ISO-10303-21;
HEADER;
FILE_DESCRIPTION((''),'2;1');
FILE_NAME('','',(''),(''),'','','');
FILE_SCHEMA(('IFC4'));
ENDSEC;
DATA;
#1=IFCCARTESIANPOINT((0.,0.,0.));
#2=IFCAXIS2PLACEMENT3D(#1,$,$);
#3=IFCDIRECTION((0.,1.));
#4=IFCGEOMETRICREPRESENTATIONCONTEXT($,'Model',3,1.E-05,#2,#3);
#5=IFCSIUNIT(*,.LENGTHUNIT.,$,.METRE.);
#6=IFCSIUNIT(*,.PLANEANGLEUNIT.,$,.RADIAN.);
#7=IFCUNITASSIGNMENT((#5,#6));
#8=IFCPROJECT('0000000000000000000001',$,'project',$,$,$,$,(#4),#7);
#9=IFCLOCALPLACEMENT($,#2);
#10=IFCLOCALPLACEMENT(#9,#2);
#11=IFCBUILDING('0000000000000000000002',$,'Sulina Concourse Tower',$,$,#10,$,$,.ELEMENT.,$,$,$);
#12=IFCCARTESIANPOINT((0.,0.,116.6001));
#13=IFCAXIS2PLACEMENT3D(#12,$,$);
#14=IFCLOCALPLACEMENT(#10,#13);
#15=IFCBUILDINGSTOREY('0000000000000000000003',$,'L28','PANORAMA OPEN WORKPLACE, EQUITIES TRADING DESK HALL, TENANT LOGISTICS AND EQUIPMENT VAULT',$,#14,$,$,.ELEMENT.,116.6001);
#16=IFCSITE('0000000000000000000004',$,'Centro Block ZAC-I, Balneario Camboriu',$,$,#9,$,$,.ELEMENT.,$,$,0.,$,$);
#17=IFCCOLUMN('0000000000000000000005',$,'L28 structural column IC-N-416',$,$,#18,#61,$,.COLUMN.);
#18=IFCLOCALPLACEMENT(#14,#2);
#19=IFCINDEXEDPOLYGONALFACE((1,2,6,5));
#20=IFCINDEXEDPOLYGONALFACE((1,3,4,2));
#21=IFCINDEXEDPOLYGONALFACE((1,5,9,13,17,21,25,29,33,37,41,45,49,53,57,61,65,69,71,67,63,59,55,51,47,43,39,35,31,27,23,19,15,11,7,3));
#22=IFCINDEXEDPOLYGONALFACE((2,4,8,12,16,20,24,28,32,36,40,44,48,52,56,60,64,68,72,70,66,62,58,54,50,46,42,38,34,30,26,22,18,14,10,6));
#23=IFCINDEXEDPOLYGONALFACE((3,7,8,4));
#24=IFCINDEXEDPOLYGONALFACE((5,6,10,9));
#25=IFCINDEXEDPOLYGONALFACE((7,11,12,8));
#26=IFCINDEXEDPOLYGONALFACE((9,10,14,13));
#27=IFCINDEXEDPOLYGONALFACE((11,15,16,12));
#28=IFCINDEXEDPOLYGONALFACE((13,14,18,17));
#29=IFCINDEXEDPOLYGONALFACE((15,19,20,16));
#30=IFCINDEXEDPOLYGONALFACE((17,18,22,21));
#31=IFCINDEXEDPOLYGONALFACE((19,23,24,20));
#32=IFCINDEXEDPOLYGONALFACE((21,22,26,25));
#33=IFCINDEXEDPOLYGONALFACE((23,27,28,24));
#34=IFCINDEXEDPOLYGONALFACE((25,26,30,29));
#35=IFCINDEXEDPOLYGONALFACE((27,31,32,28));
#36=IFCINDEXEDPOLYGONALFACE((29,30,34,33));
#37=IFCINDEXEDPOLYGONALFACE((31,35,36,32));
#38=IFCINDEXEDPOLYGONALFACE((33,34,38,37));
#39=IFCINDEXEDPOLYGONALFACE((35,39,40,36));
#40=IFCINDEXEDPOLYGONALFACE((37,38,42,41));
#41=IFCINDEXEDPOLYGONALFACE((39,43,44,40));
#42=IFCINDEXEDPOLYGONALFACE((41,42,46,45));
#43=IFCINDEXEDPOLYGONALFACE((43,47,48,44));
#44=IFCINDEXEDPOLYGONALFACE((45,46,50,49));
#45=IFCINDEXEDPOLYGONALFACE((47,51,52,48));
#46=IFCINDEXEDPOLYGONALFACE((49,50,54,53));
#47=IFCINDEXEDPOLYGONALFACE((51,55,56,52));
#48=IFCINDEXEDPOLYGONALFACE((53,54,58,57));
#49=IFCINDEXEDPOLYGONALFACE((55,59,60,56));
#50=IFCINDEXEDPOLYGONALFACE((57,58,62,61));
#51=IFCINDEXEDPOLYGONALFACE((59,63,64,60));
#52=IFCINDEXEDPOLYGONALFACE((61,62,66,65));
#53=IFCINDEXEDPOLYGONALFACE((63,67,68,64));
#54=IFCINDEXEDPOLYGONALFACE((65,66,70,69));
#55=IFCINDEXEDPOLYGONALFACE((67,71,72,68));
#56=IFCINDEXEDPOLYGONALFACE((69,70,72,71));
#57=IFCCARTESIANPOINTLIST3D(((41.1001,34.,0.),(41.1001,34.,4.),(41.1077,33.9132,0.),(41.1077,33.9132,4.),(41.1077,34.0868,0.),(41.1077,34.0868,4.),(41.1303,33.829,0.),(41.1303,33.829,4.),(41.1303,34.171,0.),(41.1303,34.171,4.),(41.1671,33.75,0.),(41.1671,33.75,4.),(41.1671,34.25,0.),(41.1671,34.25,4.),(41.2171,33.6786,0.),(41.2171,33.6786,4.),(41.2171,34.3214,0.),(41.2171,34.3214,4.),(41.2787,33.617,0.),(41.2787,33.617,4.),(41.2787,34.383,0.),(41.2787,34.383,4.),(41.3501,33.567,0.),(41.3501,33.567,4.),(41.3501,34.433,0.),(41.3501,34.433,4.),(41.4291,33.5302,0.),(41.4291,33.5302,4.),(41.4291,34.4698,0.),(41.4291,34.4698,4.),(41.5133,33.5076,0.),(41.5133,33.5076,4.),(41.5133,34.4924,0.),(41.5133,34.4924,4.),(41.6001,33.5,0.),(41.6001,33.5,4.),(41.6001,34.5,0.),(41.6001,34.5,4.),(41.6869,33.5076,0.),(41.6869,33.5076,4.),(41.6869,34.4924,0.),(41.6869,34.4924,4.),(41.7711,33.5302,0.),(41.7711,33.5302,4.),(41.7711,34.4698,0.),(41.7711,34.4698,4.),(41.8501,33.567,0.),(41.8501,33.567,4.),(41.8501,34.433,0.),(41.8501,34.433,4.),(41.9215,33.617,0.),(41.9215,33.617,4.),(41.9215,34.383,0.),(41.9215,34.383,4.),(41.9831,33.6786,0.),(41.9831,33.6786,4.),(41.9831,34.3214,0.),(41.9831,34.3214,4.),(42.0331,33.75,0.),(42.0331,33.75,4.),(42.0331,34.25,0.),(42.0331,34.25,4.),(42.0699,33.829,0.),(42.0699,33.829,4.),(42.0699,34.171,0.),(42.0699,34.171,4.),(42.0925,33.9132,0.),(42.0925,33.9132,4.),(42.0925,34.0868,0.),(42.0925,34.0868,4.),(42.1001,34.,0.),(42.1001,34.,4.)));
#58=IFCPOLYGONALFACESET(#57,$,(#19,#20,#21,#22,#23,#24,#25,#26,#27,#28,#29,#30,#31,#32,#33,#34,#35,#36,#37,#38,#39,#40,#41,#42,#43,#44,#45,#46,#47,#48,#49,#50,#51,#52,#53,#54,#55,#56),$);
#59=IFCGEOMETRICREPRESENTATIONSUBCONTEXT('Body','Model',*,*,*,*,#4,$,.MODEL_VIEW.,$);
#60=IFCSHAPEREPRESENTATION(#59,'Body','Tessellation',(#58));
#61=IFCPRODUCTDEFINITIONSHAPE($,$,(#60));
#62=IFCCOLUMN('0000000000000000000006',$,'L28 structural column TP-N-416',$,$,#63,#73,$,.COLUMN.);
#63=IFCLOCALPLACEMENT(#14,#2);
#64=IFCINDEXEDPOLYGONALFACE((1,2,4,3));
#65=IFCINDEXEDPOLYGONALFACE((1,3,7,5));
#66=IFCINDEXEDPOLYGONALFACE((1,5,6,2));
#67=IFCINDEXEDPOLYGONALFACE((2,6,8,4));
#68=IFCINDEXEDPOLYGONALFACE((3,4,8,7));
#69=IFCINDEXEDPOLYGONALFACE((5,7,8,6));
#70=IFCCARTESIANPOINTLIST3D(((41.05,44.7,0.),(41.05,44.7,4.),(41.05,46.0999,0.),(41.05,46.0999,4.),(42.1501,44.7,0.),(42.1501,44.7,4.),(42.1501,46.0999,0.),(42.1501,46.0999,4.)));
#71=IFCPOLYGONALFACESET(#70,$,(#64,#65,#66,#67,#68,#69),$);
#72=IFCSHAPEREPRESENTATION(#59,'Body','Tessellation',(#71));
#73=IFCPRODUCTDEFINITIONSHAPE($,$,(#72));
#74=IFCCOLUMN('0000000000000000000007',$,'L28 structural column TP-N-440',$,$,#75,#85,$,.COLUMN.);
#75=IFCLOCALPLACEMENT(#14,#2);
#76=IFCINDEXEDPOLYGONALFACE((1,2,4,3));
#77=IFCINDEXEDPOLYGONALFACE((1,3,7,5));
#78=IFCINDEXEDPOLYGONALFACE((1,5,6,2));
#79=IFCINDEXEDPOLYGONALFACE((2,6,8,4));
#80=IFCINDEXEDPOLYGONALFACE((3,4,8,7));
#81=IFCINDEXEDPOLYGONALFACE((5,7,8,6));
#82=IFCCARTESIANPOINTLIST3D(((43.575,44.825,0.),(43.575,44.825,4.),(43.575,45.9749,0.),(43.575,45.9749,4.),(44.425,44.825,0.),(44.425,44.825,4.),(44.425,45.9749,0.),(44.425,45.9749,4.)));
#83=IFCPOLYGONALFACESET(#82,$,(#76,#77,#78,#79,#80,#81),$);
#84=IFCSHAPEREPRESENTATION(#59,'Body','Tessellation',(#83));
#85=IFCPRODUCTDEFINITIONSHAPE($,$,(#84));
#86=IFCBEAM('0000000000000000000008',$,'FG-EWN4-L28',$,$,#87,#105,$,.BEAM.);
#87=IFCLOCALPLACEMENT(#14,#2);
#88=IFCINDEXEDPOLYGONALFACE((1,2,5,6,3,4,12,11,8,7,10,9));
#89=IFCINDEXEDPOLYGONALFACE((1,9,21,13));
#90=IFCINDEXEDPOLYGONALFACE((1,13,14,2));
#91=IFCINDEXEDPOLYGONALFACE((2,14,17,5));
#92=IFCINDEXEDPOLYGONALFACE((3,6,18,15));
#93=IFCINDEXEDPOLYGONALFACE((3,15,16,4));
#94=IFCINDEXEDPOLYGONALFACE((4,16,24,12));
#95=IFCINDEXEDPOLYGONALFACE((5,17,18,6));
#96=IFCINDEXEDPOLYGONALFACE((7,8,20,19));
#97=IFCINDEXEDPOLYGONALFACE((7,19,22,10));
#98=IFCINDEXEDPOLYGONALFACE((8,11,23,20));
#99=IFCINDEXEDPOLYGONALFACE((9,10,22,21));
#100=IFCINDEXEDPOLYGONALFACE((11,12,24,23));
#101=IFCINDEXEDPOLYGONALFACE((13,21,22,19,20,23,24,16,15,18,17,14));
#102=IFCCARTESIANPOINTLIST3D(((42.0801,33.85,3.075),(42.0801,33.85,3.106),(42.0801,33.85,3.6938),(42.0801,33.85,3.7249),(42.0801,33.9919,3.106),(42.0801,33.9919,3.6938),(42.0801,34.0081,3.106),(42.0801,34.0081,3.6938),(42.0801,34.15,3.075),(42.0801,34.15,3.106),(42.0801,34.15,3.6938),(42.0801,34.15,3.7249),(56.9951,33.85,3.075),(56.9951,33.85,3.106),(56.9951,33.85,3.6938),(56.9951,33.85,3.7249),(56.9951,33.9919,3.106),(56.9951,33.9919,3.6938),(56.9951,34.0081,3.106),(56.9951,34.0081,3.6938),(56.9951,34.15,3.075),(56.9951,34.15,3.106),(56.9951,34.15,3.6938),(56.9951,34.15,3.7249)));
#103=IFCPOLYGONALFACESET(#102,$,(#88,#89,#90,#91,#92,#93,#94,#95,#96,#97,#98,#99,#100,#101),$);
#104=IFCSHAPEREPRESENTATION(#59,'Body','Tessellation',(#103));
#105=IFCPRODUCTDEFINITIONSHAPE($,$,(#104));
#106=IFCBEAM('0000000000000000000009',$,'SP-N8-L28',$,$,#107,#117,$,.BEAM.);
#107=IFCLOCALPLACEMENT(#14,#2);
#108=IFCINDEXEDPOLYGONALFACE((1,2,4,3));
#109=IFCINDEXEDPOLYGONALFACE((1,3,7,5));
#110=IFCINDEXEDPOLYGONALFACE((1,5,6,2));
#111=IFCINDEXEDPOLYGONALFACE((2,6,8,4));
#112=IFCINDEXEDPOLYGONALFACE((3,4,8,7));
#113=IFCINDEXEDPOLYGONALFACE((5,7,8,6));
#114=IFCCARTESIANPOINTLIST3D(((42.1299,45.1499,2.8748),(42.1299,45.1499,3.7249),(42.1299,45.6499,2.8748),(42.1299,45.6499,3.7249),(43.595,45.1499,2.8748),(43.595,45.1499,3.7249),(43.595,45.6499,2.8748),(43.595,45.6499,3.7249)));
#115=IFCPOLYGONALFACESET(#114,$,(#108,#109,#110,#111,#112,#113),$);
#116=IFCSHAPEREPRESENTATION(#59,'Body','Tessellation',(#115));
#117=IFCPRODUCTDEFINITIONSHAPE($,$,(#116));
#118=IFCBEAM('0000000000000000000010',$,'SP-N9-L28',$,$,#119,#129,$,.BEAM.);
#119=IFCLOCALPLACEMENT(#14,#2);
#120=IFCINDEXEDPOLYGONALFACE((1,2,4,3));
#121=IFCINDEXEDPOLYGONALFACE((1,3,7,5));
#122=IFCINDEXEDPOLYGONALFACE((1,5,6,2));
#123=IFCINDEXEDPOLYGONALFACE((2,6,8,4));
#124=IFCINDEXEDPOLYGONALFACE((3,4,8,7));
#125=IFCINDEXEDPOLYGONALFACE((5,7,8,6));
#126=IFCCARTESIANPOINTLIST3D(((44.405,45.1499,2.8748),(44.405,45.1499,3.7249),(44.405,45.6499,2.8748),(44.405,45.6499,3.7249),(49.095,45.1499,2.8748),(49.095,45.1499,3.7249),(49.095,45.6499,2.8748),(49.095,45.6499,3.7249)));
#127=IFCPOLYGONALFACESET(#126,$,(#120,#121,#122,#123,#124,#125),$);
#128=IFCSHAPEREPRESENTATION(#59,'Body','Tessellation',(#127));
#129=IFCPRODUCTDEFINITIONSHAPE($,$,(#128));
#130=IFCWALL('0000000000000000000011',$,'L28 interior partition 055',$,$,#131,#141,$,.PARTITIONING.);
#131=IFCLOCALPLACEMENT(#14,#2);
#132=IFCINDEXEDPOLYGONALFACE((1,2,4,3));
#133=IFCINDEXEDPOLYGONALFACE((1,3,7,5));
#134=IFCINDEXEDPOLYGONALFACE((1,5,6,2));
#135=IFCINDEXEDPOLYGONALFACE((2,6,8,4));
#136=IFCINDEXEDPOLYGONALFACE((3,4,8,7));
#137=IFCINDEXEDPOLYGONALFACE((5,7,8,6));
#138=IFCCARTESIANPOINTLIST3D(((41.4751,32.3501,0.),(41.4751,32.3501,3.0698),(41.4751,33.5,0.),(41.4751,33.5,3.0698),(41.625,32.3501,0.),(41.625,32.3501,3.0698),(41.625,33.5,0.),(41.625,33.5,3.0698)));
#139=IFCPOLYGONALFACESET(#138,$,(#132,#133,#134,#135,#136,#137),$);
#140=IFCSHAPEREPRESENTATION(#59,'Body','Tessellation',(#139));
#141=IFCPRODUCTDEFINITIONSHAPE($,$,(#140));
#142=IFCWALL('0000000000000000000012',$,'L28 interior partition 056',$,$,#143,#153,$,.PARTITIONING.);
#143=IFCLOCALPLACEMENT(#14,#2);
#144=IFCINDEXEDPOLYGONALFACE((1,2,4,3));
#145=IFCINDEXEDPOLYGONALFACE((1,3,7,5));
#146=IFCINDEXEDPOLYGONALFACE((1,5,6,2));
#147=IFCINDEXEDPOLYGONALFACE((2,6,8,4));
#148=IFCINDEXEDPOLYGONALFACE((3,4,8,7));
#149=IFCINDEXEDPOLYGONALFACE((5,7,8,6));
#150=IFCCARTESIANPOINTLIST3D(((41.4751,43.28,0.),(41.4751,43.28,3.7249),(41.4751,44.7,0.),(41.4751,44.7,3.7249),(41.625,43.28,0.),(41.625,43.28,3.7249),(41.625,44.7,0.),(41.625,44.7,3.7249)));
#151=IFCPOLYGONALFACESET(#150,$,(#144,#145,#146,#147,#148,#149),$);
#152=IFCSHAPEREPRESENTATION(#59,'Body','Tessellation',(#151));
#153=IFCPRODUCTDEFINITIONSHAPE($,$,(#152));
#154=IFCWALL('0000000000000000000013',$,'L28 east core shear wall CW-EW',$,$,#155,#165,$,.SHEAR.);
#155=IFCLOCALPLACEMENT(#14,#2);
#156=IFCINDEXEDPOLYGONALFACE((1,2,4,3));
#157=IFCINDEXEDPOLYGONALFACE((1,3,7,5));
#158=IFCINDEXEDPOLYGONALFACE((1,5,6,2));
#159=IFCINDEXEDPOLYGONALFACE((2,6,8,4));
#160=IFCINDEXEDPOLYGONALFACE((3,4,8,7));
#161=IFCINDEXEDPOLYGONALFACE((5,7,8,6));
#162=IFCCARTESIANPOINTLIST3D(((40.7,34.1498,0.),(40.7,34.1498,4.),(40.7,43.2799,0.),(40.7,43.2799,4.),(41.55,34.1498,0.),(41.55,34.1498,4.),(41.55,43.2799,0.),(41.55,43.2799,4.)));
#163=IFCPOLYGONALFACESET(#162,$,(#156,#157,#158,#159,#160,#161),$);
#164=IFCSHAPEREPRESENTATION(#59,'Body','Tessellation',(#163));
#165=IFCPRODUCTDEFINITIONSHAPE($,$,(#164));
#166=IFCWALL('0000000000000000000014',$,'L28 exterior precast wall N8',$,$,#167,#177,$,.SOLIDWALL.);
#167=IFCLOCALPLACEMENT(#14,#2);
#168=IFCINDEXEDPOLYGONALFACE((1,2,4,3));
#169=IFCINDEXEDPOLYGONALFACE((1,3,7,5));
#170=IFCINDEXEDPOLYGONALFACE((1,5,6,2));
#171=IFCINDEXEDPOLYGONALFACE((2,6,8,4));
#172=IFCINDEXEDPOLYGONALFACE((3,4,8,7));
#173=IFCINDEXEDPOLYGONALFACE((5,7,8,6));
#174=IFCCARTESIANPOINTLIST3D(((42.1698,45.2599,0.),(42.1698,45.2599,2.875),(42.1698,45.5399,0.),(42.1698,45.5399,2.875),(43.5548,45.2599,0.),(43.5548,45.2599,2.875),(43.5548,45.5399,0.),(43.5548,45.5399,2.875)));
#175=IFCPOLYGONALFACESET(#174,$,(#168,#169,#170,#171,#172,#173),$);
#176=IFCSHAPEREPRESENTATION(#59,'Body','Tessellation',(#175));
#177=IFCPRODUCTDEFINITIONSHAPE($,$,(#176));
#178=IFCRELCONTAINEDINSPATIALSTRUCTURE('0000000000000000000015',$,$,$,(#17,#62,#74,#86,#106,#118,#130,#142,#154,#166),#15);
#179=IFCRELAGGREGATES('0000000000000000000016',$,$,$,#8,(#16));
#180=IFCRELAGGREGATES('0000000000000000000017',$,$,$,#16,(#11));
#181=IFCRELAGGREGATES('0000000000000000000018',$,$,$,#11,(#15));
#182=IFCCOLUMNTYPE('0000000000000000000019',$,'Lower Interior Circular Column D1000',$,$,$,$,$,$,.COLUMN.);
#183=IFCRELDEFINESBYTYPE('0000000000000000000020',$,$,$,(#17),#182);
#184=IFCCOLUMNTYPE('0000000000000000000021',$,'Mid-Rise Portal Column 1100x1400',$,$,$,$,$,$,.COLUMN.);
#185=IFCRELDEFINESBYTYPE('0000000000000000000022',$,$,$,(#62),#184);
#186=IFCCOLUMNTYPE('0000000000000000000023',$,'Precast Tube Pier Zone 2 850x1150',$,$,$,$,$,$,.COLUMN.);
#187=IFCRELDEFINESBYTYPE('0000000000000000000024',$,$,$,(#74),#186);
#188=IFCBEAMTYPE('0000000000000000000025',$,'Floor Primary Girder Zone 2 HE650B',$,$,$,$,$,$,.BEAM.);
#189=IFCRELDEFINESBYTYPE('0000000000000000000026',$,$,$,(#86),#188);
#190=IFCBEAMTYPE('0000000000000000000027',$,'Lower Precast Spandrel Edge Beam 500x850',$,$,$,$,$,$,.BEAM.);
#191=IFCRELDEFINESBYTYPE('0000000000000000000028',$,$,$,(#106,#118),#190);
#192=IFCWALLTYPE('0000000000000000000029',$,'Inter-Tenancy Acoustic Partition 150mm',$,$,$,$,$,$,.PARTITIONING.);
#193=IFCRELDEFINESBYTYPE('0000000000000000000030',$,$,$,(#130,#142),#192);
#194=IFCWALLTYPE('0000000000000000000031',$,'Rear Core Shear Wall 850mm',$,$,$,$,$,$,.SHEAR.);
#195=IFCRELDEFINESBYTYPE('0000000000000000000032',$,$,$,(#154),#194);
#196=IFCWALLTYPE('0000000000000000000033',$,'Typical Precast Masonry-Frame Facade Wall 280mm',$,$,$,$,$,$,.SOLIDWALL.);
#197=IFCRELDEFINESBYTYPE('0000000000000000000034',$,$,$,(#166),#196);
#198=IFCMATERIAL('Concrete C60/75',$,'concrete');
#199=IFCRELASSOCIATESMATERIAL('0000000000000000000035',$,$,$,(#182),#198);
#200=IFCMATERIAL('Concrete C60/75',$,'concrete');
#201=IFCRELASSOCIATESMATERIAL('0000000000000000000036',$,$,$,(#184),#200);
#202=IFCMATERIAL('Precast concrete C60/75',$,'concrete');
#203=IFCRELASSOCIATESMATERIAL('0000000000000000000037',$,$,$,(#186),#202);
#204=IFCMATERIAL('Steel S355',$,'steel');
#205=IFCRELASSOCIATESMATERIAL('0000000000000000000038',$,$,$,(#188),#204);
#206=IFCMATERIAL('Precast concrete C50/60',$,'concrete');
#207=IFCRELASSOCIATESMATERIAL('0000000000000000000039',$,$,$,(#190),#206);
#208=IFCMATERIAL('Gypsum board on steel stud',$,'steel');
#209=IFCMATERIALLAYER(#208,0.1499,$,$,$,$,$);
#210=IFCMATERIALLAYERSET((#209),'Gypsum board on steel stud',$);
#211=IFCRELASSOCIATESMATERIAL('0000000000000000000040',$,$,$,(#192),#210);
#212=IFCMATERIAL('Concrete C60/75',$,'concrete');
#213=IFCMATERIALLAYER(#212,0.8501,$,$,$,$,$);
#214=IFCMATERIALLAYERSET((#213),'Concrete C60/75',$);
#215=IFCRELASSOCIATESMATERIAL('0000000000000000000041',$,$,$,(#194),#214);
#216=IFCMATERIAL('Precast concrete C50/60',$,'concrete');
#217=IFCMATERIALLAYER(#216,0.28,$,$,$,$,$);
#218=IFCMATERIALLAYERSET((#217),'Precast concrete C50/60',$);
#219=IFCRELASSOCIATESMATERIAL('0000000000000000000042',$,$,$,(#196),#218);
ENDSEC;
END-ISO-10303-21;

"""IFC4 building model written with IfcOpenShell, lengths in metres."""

from ifc_helpers import new_model, si_unit, direction, frame, frame_2d, origin, origin_2d, place, context, subcontext, project, spatial, rectangle, circle, i_section, extrude, material, layer, layer_set, material_profile, profile_set, type_object, element, save


model = new_model("IFC4")

# Units and contexts
model_context = context("Model", 3, precision=1e-05, world=origin(), true_north=direction((0.0, 1.0)))
body_context = subcontext(model_context, "Body", "Model", "MODEL_VIEW")
ifc_project = project(units=[si_unit("LENGTHUNIT", "METRE"), si_unit("PLANEANGLEUNIT", "RADIAN")], contexts=[model_context])

# Site, building, storey
site_placement = place(None, origin())
site = spatial("IfcSite", under=ifc_project, at=site_placement, Name="Centro Block ZAC-I, Balneario Camboriu", CompositionType="ELEMENT", RefElevation=0.0)
building_placement = place(site_placement, origin())
building = spatial("IfcBuilding", under=site, at=building_placement, Name="Sulina Concourse Tower", CompositionType="ELEMENT")
storey_placement = place(building_placement, frame((0.0, 0.0, 116.6001)))
storey = spatial("IfcBuildingStorey", under=building, at=storey_placement, Name="L28", Description="PANORAMA OPEN WORKPLACE, EQUITIES TRADING DESK HALL, TENANT LOGISTICS AND EQUIPMENT VAULT", CompositionType="ELEMENT", Elevation=116.6001)

# Columns
ifc_material_1 = material(Name="Concrete C60/75", Category="concrete")
ifc_material_profile_1 = material_profile(ifc_material_1, circle(Radius=0.5, at=origin_2d()), Name="RC D1000")
ifc_profile_set_1 = profile_set([ifc_material_profile_1], Name="Concrete C60/75")
column_type_1 = type_object("IfcColumnType", Name="Lower Interior Circular Column D1000", PredefinedType="COLUMN", material=ifc_profile_set_1)
column_1_placement = place(storey_placement, frame((41.6001, 34.0, 0.0), z_axis=(0.0, 0.0, 1.0), x_axis=(1.0, 0.0, 0.0)))
element("IfcColumn", 1, at=column_1_placement, inside=storey, type_object=column_type_1, Name="L28 structural column IC-N-416", PredefinedType="COLUMN", context=body_context, shape_type="SweptSolid", body=[
    extrude(circle(Radius=0.5, at=origin_2d()), origin(), (0.0, 0.0, 1.0), 4.0),
])
ifc_material_2 = material(Name="Concrete C60/75", Category="concrete")
ifc_material_profile_2 = material_profile(ifc_material_2, rectangle(XDim=1.1001, YDim=1.3999, at=origin_2d()), Name="RC 1100x1400")
ifc_profile_set_2 = profile_set([ifc_material_profile_2], Name="Concrete C60/75")
column_type_2 = type_object("IfcColumnType", Name="Mid-Rise Portal Column 1100x1400", PredefinedType="COLUMN", material=ifc_profile_set_2)
column_2_placement = place(storey_placement, frame((41.6001, 45.3999, 0.0), z_axis=(0.0, 0.0, 1.0), x_axis=(1.0, 0.0, 0.0)))
element("IfcColumn", 2, at=column_2_placement, inside=storey, type_object=column_type_2, Name="L28 structural column TP-N-416", PredefinedType="COLUMN", context=body_context, shape_type="SweptSolid", body=[
    extrude(rectangle(XDim=1.1001, YDim=1.3999, at=origin_2d()), origin(), (0.0, 0.0, 1.0), 4.0),
])
ifc_material_3 = material(Name="Precast concrete C60/75", Category="concrete")
ifc_material_profile_3 = material_profile(ifc_material_3, rectangle(XDim=0.8501, YDim=1.1499, at=origin_2d()), Name="PC 850x1150")
ifc_profile_set_3 = profile_set([ifc_material_profile_3], Name="Precast concrete C60/75")
column_type_3 = type_object("IfcColumnType", Name="Precast Tube Pier Zone 2 850x1150", PredefinedType="COLUMN", material=ifc_profile_set_3)
column_3_placement = place(storey_placement, frame((44.0, 45.3999, 0.0), z_axis=(0.0, 0.0, 1.0), x_axis=(1.0, 0.0, 0.0)))
element("IfcColumn", 3, at=column_3_placement, inside=storey, type_object=column_type_3, Name="L28 structural column TP-N-440", PredefinedType="COLUMN", context=body_context, shape_type="SweptSolid", body=[
    extrude(rectangle(XDim=0.8501, YDim=1.1499, at=origin_2d()), origin(), (0.0, 0.0, 1.0), 4.0),
])

# Beams
ifc_material_4 = material(Name="Steel S355", Category="steel")
ifc_material_profile_4 = material_profile(ifc_material_4, i_section(OverallWidth=0.3, OverallDepth=0.6499, WebThickness=0.0161, FlangeThickness=0.031, at=origin_2d()), Name="HE 650 B")
ifc_profile_set_4 = profile_set([ifc_material_profile_4], Name="Steel S355")
beam_type_1 = type_object("IfcBeamType", Name="Floor Primary Girder Zone 2 HE650B", PredefinedType="BEAM", material=ifc_profile_set_4)
beam_1_placement = place(storey_placement, frame((42.0801, 34.0, 3.3999), z_axis=(1.0, 0.0, 0.0), x_axis=(0.0, 1.0, 0.0)))
element("IfcBeam", 4, at=beam_1_placement, inside=storey, type_object=beam_type_1, Name="FG-EWN4-L28", PredefinedType="BEAM", context=body_context, shape_type="SweptSolid", body=[
    extrude(i_section(OverallWidth=0.3, OverallDepth=0.6499, WebThickness=0.0161, FlangeThickness=0.031, at=origin_2d()), origin(), (0.0, 0.0, 1.0), 14.915),
])
ifc_material_5 = material(Name="Precast concrete C50/60", Category="concrete")
ifc_material_profile_5 = material_profile(ifc_material_5, rectangle(XDim=0.5, YDim=0.8501, at=origin_2d()), Name="RC 500x850")
ifc_profile_set_5 = profile_set([ifc_material_profile_5], Name="Precast concrete C50/60")
beam_type_2 = type_object("IfcBeamType", Name="Lower Precast Spandrel Edge Beam 500x850", PredefinedType="BEAM", material=ifc_profile_set_5)
beam_2_placement = place(storey_placement, frame((42.1299, 45.3999, 3.2998), z_axis=(1.0, 0.0, 0.0), x_axis=(0.0, 1.0, 0.0)))
element("IfcBeam", 5, at=beam_2_placement, inside=storey, type_object=beam_type_2, Name="SP-N8-L28", PredefinedType="BEAM", context=body_context, shape_type="SweptSolid", body=[
    extrude(rectangle(XDim=0.5, YDim=0.8501, at=origin_2d()), origin(), (0.0, 0.0, 1.0), 1.4651),
])
beam_3_placement = place(storey_placement, frame((44.405, 45.3999, 3.2998), z_axis=(1.0, 0.0, 0.0), x_axis=(0.0, 1.0, 0.0)))
element("IfcBeam", 6, at=beam_3_placement, inside=storey, type_object=beam_type_2, Name="SP-N9-L28", PredefinedType="BEAM", context=body_context, shape_type="SweptSolid", body=[
    extrude(rectangle(XDim=0.5, YDim=0.8501, at=origin_2d()), origin(), (0.0, 0.0, 1.0), 4.6899),
])

# Walls
ifc_material_6 = material(Name="Gypsum board on steel stud", Category="steel")
ifc_layer_1 = layer(ifc_material_6, 0.1499)
ifc_layer_set_1 = layer_set([ifc_layer_1], Name="Gypsum board on steel stud")
wall_type_1 = type_object("IfcWallType", Name="Inter-Tenancy Acoustic Partition 150mm", PredefinedType="PARTITIONING", material=ifc_layer_set_1)
wall_1_placement = place(storey_placement, frame((41.55, 32.3501, 0.0), z_axis=(0.0, 0.0, 1.0), x_axis=(0.0, 1.0, 0.0)))
element("IfcWall", 7, at=wall_1_placement, inside=storey, type_object=wall_type_1, Name="L28 interior partition 055", PredefinedType="PARTITIONING", context=body_context, shape_type="SweptSolid", body=[
    extrude(rectangle(XDim=1.1499, YDim=0.1499, at=frame_2d((0.575, 0.0))), origin(), (0.0, 0.0, 1.0), 3.0698),
])
wall_2_placement = place(storey_placement, frame((41.55, 43.28, 0.0), z_axis=(0.0, 0.0, 1.0), x_axis=(0.0, 1.0, 0.0)))
element("IfcWall", 8, at=wall_2_placement, inside=storey, type_object=wall_type_1, Name="L28 interior partition 056", PredefinedType="PARTITIONING", context=body_context, shape_type="SweptSolid", body=[
    extrude(rectangle(XDim=1.4199, YDim=0.1499, at=frame_2d((0.71, 0.0))), origin(), (0.0, 0.0, 1.0), 3.7249),
])
ifc_material_7 = material(Name="Concrete C60/75", Category="concrete")
ifc_layer_2 = layer(ifc_material_7, 0.8501)
ifc_layer_set_2 = layer_set([ifc_layer_2], Name="Concrete C60/75")
wall_type_2 = type_object("IfcWallType", Name="Rear Core Shear Wall 850mm", PredefinedType="SHEAR", material=ifc_layer_set_2)
wall_3_placement = place(storey_placement, frame((41.125, 34.1499, 0.0), z_axis=(0.0, 0.0, 1.0), x_axis=(0.0, 1.0, 0.0)))
element("IfcWall", 9, at=wall_3_placement, inside=storey, type_object=wall_type_2, Name="L28 east core shear wall CW-EW", PredefinedType="SHEAR", context=body_context, shape_type="SweptSolid", body=[
    extrude(rectangle(XDim=9.1301, YDim=0.8501, at=frame_2d((4.5649, 0.0))), origin(), (0.0, 0.0, 1.0), 4.0),
])
ifc_material_8 = material(Name="Precast concrete C50/60", Category="concrete")
ifc_layer_3 = layer(ifc_material_8, 0.28)
ifc_layer_set_3 = layer_set([ifc_layer_3], Name="Precast concrete C50/60")
wall_type_3 = type_object("IfcWallType", Name="Typical Precast Masonry-Frame Facade Wall 280mm", PredefinedType="SOLIDWALL", material=ifc_layer_set_3)
wall_4_placement = place(storey_placement, frame((42.1699, 45.3999, 0.0), z_axis=(0.0, 0.0, 1.0), x_axis=(1.0, 0.0, 0.0)))
element("IfcWall", 10, at=wall_4_placement, inside=storey, type_object=wall_type_3, Name="L28 exterior precast wall N8", PredefinedType="SOLIDWALL", context=body_context, shape_type="SweptSolid", body=[
    extrude(rectangle(XDim=1.385, YDim=0.28, at=frame_2d((0.6924, 0.0))), origin(), (0.0, 0.0, 1.0), 2.875),
])

save(model, "model.ifc")
